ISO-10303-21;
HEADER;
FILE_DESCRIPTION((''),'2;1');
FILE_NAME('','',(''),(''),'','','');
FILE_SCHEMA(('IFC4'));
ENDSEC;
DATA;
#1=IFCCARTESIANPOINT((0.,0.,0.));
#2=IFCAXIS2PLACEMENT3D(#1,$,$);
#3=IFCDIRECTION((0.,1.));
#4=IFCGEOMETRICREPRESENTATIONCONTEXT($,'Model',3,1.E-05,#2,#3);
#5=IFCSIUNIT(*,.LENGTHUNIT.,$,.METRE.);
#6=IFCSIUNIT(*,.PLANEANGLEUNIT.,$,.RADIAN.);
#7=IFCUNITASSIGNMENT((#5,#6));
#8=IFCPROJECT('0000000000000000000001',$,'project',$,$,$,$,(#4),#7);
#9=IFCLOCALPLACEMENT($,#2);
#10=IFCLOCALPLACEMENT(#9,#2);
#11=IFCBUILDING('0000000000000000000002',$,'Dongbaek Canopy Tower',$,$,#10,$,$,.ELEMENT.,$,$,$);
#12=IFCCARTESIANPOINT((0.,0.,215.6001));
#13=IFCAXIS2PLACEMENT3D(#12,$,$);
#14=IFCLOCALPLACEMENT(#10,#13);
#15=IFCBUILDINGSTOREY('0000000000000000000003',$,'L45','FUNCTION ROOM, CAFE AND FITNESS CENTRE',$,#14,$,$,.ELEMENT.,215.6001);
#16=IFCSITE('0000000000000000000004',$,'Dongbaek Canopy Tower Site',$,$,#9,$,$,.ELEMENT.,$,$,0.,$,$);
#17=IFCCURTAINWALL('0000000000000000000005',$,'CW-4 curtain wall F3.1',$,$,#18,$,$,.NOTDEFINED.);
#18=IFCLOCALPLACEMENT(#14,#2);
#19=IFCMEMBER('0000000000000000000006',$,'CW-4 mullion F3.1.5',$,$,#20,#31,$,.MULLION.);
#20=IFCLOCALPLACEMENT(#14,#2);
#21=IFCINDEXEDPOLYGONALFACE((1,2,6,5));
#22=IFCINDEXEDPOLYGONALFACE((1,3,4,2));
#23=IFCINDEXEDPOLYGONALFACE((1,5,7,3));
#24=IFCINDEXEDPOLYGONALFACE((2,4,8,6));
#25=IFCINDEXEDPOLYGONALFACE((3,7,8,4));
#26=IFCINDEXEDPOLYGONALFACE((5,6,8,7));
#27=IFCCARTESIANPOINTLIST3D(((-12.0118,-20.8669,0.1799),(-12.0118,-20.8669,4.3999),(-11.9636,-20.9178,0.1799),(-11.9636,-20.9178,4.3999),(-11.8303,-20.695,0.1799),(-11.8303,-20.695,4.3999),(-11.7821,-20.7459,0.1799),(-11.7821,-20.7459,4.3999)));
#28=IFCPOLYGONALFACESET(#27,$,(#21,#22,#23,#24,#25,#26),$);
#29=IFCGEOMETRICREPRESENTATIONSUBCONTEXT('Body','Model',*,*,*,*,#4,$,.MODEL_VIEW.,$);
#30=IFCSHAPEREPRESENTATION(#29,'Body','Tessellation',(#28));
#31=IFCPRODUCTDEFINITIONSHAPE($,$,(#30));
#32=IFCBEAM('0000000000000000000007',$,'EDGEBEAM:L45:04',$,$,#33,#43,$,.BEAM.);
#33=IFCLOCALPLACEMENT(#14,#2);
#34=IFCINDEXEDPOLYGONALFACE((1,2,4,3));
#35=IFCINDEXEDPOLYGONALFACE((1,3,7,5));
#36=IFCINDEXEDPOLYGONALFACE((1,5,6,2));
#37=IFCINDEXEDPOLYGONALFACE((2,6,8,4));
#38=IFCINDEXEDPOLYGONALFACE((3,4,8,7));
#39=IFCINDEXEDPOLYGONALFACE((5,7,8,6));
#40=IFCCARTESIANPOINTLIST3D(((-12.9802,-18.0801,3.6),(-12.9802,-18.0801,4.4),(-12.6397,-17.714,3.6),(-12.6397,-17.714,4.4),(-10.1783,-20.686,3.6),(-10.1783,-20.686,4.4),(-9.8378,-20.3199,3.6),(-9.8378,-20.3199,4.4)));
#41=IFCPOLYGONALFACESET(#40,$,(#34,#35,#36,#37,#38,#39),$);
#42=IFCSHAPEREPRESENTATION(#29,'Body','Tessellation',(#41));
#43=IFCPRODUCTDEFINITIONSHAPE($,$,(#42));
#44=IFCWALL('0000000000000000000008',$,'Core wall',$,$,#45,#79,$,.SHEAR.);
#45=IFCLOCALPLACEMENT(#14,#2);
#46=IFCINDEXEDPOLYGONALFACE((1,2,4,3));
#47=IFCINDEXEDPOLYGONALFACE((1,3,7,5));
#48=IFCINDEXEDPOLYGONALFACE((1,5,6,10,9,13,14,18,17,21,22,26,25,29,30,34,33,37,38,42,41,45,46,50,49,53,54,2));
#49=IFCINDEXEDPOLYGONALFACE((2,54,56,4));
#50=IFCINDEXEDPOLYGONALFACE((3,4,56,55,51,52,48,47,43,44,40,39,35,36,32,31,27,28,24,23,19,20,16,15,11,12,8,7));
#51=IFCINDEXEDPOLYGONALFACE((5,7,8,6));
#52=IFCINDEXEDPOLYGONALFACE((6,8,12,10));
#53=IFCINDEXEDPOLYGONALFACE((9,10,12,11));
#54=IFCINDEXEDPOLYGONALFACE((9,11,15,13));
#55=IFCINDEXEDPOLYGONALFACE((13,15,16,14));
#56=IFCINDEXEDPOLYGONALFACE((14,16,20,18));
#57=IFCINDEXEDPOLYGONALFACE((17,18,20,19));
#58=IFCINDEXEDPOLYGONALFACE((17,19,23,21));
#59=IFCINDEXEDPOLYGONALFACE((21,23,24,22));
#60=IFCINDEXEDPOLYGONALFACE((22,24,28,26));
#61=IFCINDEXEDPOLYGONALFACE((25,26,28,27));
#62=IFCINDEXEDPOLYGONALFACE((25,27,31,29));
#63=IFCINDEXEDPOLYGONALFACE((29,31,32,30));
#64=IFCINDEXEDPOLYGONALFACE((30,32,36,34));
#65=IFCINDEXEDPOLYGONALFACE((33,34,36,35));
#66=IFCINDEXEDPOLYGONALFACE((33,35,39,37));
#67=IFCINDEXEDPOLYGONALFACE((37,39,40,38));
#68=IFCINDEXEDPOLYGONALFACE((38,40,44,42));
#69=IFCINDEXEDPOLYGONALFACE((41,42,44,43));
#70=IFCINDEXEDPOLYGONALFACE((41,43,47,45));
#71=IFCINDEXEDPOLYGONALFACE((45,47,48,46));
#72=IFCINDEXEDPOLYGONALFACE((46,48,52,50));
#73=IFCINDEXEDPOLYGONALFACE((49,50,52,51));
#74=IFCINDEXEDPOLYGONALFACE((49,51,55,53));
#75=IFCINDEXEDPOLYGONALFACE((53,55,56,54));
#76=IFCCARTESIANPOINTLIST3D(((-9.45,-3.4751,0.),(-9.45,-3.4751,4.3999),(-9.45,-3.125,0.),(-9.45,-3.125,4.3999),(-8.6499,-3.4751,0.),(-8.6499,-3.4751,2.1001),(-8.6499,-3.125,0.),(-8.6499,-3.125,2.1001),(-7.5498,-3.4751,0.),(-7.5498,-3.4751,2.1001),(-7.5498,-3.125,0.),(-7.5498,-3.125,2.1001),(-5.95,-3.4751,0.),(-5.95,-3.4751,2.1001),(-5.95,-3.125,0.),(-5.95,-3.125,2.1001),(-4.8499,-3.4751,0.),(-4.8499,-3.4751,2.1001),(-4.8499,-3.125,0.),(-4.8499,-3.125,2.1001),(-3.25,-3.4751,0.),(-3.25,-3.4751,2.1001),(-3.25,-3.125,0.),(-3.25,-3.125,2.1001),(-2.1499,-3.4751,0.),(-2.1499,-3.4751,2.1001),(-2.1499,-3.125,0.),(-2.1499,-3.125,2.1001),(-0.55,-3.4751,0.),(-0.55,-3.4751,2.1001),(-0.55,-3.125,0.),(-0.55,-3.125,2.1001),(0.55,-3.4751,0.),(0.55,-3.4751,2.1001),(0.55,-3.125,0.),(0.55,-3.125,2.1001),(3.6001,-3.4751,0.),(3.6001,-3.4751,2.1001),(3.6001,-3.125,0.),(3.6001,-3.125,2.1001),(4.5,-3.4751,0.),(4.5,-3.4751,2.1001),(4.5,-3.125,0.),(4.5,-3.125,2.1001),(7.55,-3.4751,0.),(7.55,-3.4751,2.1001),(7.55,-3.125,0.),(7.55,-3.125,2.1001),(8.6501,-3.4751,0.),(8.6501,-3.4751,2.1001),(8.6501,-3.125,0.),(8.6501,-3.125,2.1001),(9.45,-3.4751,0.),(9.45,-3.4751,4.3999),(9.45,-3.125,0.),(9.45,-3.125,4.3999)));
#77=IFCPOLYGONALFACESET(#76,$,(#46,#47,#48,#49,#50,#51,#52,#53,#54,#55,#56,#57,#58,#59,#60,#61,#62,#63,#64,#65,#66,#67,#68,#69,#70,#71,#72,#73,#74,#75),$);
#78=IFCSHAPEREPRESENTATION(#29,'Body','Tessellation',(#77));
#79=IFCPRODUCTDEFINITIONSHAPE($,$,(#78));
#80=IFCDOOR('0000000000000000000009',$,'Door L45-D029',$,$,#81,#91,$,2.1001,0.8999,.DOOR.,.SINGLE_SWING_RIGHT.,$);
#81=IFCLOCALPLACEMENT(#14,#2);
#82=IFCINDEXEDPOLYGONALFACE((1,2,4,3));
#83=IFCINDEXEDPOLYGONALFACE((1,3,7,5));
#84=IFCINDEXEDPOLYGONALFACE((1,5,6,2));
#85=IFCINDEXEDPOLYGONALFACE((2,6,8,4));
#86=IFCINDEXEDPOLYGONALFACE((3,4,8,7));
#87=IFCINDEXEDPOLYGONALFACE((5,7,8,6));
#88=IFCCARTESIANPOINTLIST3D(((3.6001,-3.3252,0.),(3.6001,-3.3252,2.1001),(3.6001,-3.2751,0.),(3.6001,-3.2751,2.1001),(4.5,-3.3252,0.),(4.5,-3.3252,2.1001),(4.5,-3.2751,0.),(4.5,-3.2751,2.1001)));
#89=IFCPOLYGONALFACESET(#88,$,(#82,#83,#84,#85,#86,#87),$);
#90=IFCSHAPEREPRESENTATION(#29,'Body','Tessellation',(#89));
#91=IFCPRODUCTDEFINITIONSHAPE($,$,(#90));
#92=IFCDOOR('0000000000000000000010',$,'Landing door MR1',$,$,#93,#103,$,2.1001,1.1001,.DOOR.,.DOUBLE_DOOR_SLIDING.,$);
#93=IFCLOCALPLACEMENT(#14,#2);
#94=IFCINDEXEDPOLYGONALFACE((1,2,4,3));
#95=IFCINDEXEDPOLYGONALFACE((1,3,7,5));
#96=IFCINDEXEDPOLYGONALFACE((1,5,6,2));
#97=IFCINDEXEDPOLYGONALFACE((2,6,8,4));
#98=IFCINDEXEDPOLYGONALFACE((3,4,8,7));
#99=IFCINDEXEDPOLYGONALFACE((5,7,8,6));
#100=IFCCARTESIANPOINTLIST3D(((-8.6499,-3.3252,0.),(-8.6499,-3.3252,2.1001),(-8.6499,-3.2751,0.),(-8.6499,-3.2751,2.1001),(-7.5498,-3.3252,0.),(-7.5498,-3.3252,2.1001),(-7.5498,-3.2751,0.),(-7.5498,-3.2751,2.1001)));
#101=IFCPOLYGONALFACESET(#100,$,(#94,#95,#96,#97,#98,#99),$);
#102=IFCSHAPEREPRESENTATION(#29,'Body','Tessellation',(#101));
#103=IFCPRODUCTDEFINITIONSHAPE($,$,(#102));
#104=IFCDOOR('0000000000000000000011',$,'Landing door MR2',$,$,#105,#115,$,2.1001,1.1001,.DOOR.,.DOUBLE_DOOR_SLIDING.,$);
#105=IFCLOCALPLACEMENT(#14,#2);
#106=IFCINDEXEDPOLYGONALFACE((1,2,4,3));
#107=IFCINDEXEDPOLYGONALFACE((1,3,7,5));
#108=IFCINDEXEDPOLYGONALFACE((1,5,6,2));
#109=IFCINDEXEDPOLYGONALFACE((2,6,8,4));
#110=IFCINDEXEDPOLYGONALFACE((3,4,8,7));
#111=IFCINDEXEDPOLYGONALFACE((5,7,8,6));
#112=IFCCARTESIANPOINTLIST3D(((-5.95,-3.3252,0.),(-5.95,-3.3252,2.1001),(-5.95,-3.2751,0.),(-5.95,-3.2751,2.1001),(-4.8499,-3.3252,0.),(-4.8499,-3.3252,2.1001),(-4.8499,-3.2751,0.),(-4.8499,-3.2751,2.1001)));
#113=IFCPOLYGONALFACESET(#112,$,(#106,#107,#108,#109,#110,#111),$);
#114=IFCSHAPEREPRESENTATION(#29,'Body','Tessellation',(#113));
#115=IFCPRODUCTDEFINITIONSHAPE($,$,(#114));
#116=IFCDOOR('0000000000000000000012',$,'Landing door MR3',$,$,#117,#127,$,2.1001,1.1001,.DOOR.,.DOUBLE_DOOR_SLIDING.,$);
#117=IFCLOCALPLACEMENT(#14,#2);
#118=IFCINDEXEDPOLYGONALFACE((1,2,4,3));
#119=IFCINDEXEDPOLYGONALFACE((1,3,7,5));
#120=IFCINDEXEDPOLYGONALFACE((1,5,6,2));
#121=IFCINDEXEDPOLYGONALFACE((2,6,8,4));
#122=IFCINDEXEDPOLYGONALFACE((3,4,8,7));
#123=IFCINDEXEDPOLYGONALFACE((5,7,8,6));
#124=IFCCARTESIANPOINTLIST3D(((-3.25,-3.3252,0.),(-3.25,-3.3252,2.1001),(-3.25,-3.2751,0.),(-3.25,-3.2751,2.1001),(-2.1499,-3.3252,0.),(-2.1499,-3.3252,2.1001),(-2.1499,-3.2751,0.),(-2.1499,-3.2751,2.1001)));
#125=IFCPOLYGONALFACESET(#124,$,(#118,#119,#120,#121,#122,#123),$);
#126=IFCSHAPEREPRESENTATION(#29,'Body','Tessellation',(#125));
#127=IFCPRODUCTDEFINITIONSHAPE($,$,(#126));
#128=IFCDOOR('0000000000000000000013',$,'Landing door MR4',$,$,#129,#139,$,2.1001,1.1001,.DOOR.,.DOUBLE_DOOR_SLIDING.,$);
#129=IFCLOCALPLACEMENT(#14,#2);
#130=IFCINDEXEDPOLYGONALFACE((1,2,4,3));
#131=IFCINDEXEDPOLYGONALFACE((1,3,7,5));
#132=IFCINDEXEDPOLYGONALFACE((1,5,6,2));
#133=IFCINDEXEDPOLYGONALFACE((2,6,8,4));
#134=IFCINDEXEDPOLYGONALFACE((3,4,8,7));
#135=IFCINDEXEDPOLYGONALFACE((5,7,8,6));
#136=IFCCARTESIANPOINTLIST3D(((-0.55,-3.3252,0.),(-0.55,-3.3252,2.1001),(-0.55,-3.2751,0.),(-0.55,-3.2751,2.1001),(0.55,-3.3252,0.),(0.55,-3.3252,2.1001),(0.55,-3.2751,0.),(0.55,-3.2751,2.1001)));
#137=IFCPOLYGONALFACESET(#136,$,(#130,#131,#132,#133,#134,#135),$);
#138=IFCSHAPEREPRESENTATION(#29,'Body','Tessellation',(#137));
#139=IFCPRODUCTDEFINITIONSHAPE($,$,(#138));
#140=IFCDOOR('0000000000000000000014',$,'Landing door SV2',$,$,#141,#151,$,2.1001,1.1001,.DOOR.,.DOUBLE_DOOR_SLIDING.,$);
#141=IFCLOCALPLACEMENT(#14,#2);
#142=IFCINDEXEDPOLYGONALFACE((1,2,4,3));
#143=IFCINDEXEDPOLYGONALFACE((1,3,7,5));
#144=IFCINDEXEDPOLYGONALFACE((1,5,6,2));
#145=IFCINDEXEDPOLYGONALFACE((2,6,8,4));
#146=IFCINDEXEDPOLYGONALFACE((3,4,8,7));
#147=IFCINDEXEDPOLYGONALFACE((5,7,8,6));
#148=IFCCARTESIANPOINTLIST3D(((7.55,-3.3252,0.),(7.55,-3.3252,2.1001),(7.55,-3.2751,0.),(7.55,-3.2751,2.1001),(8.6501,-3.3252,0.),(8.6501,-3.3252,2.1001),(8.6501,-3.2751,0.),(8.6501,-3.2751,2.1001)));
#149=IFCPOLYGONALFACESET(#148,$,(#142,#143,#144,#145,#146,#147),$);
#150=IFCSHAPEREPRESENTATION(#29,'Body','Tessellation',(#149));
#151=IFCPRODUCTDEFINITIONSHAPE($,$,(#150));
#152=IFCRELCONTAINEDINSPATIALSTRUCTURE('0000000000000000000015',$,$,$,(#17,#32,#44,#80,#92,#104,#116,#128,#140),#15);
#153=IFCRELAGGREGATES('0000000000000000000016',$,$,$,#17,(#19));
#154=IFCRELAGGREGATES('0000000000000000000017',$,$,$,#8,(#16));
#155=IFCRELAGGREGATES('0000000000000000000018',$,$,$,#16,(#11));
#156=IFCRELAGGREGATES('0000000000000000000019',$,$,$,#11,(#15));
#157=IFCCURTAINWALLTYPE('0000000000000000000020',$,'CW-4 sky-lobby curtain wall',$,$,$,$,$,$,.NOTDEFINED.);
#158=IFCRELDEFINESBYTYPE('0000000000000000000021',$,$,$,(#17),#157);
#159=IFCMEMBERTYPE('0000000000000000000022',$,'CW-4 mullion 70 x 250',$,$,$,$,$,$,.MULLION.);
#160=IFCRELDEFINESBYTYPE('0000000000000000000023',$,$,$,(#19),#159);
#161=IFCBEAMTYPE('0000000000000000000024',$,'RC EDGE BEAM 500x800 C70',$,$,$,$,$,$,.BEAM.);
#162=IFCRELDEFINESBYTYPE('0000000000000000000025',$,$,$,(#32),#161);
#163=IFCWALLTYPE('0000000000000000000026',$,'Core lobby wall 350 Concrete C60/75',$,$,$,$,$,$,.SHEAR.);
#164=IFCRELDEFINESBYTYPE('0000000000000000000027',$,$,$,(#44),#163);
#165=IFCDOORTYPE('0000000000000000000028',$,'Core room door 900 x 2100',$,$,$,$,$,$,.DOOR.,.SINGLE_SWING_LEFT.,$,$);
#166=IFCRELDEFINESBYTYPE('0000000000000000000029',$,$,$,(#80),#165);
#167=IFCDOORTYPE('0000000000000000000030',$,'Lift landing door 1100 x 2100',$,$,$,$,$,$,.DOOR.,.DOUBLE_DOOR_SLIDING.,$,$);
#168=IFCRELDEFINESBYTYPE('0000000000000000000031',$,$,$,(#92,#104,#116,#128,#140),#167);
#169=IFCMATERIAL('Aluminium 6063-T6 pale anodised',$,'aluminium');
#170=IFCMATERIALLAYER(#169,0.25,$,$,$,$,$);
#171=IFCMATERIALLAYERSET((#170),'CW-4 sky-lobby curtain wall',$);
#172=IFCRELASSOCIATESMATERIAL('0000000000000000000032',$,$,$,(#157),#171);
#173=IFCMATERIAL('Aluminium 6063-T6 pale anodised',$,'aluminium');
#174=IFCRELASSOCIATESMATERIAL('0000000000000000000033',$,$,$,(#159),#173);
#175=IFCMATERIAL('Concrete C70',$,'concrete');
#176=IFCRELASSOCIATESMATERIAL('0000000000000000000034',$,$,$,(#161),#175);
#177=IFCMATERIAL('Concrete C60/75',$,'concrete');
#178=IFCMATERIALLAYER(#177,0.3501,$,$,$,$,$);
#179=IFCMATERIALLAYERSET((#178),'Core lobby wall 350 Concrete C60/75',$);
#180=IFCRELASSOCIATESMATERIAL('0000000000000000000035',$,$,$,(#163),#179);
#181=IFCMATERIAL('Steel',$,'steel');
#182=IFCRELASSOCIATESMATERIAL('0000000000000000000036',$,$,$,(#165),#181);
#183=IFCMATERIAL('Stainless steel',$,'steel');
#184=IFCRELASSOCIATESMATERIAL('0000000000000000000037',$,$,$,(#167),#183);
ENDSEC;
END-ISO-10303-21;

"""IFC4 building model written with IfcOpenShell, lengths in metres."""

from ifc_helpers import new_model, si_unit, direction, frame, frame_2d, origin, origin_2d, place, context, subcontext, project, spatial, rectangle, extrude, material, layer, layer_set, material_profile, profile_set, type_object, element, fill, aggregate, save


model = new_model("IFC4")

# Units and contexts
model_context = context("Model", 3, precision=1e-05, world=origin(), true_north=direction((0.0, 1.0)))
body_context = subcontext(model_context, "Body", "Model", "MODEL_VIEW")
ifc_project = project(units=[si_unit("LENGTHUNIT", "METRE"), si_unit("PLANEANGLEUNIT", "RADIAN")], contexts=[model_context])

# Site, building, storey
site_placement = place(None, origin())
site = spatial("IfcSite", under=ifc_project, at=site_placement, Name="Dongbaek Canopy Tower Site", CompositionType="ELEMENT", RefElevation=0.0)
building_placement = place(site_placement, origin())
building = spatial("IfcBuilding", under=site, at=building_placement, Name="Dongbaek Canopy Tower", CompositionType="ELEMENT")
storey_placement = place(building_placement, frame((0.0, 0.0, 215.6001)))
storey = spatial("IfcBuildingStorey", under=building, at=storey_placement, Name="L45", Description="FUNCTION ROOM, CAFE AND FITNESS CENTRE", CompositionType="ELEMENT", Elevation=215.6001)

# Curtain wall, member
ifc_material_1 = material(Name="Aluminium 6063-T6 pale anodised", Category="aluminium")
ifc_layer_1 = layer(ifc_material_1, 0.25)
ifc_layer_set_1 = layer_set([ifc_layer_1], Name="CW-4 sky-lobby curtain wall")
curtain_wall_type = type_object("IfcCurtainWallType", Name="CW-4 sky-lobby curtain wall", PredefinedType="NOTDEFINED", material=ifc_layer_set_1)
curtain_wall_placement = place(storey_placement, origin())
curtain_wall = element("IfcCurtainWall", 1, at=curtain_wall_placement, inside=storey, type_object=curtain_wall_type, Name="CW-4 curtain wall F3.1", PredefinedType="NOTDEFINED")
ifc_material_2 = material(Name="Aluminium 6063-T6 pale anodised", Category="aluminium")
ifc_material_profile_1 = material_profile(ifc_material_2, rectangle(XDim=0.25, YDim=0.0701, at=origin_2d()), Name="CW-4 mullion 70 x 250")
ifc_profile_set_1 = profile_set([ifc_material_profile_1], Name="Aluminium 6063-T6 pale anodised")
member_type = type_object("IfcMemberType", Name="CW-4 mullion 70 x 250", PredefinedType="MULLION", material=ifc_profile_set_1)
member_placement = place(storey_placement, frame((-11.897, -20.8064, 0.1799), z_axis=(0.0, 0.0, 1.0), x_axis=(-0.726095, -0.687595, 0.0)))
member = element("IfcMember", 2, at=member_placement, type_object=member_type, Name="CW-4 mullion F3.1.5", PredefinedType="MULLION", context=body_context, shape_type="SweptSolid", body=[
    extrude(rectangle(XDim=0.25, YDim=0.0701, at=origin_2d()), origin(), (0.0, 0.0, 1.0), 4.22),
])
aggregate(curtain_wall, [member])

# Beam
ifc_material_3 = material(Name="Concrete C70", Category="concrete")
ifc_material_profile_2 = material_profile(ifc_material_3, rectangle(XDim=0.5, YDim=0.8, at=origin_2d()), Name="RC EDGE BEAM 500x800 C70")
ifc_profile_set_2 = profile_set([ifc_material_profile_2], Name="Concrete C70")
beam_type = type_object("IfcBeamType", Name="RC EDGE BEAM 500x800 C70", PredefinedType="BEAM", material=ifc_profile_set_2)
beam_placement = place(storey_placement, frame((-10.0081, -20.5029, 4.0), z_axis=(-0.732259, 0.681026, 0.0), x_axis=(-0.681026, -0.732259, 0.0)))
element("IfcBeam", 3, at=beam_placement, inside=storey, type_object=beam_type, Name="EDGEBEAM:L45:04", PredefinedType="BEAM", context=body_context, shape_type="SweptSolid", body=[
    extrude(rectangle(XDim=0.5, YDim=0.8, at=origin_2d()), origin(), (0.0, 0.0, 1.0), 3.8264),
])

# Wall, openings, doors
ifc_material_4 = material(Name="Concrete C60/75", Category="concrete")
ifc_layer_2 = layer(ifc_material_4, 0.3501)
ifc_layer_set_2 = layer_set([ifc_layer_2], Name="Core lobby wall 350 Concrete C60/75")
wall_type_1 = type_object("IfcWallType", Name="Core lobby wall 350 Concrete C60/75", PredefinedType="SHEAR", material=ifc_layer_set_2)
wall_1_placement = place(storey_placement, frame((-9.45, -3.3, 0.0), z_axis=(0.0, 0.0, 1.0), x_axis=(1.0, 0.0, 0.0)))
wall_1 = element("IfcWall", 4, at=wall_1_placement, inside=storey, type_object=wall_type_1, Name="Core wall", PredefinedType="SHEAR", context=body_context, shape_type="SweptSolid", body=[
    extrude(rectangle(XDim=18.8999, YDim=0.3501, at=frame_2d((9.45, 0.0))), origin(), (0.0, 0.0, 1.0), 4.3999),
])
opening_1_placement = place(wall_1_placement, frame((0.8, 0.0, 0.0)))
opening_1 = element("IfcOpeningElement", 5, at=opening_1_placement, cuts=wall_1, PredefinedType="OPENING", context=body_context, shape_type="SweptSolid", body=[
    extrude(rectangle(XDim=1.1001, YDim=2.1001, at=frame_2d((0.55, 1.05))), frame((0.0, 0.1851, 0.0), z_axis=(0.0, -1.0, 0.0), x_axis=(1.0, 0.0, 0.0)), (0.0, 0.0, 1.0), 0.3701),
])
opening_2_placement = place(wall_1_placement, frame((3.5, 0.0, 0.0)))
opening_2 = element("IfcOpeningElement", 6, at=opening_2_placement, cuts=wall_1, PredefinedType="OPENING", context=body_context, shape_type="SweptSolid", body=[
    extrude(rectangle(XDim=1.1001, YDim=2.1001, at=frame_2d((0.55, 1.05))), frame((0.0, 0.1851, 0.0), z_axis=(0.0, -1.0, 0.0), x_axis=(1.0, 0.0, 0.0)), (0.0, 0.0, 1.0), 0.3701),
])
opening_3_placement = place(wall_1_placement, frame((6.2, 0.0, 0.0)))
opening_3 = element("IfcOpeningElement", 7, at=opening_3_placement, cuts=wall_1, PredefinedType="OPENING", context=body_context, shape_type="SweptSolid", body=[
    extrude(rectangle(XDim=1.1001, YDim=2.1001, at=frame_2d((0.55, 1.05))), frame((0.0, 0.1851, 0.0), z_axis=(0.0, -1.0, 0.0), x_axis=(1.0, 0.0, 0.0)), (0.0, 0.0, 1.0), 0.3701),
])
opening_4_placement = place(wall_1_placement, frame((8.8999, 0.0, 0.0)))
opening_4 = element("IfcOpeningElement", 8, at=opening_4_placement, cuts=wall_1, PredefinedType="OPENING", context=body_context, shape_type="SweptSolid", body=[
    extrude(rectangle(XDim=1.1001, YDim=2.1001, at=frame_2d((0.55, 1.05))), frame((0.0, 0.1851, 0.0), z_axis=(0.0, -1.0, 0.0), x_axis=(1.0, 0.0, 0.0)), (0.0, 0.0, 1.0), 0.3701),
])
opening_5_placement = place(wall_1_placement, frame((17.0, 0.0, 0.0)))
opening_5 = element("IfcOpeningElement", 9, at=opening_5_placement, cuts=wall_1, PredefinedType="OPENING", context=body_context, shape_type="SweptSolid", body=[
    extrude(rectangle(XDim=1.1001, YDim=2.1001, at=frame_2d((0.55, 1.05))), frame((0.0, 0.1851, 0.0), z_axis=(0.0, -1.0, 0.0), x_axis=(1.0, 0.0, 0.0)), (0.0, 0.0, 1.0), 0.3701),
])
opening_6_placement = place(wall_1_placement, frame((13.05, 0.0, 0.0)))
opening_6 = element("IfcOpeningElement", 10, at=opening_6_placement, cuts=wall_1, PredefinedType="OPENING", context=body_context, shape_type="SweptSolid", body=[
    extrude(rectangle(XDim=0.8999, YDim=2.1001, at=frame_2d((0.45, 1.05))), frame((0.0, 0.1851, 0.0), z_axis=(0.0, -1.0, 0.0), x_axis=(1.0, 0.0, 0.0)), (0.0, 0.0, 1.0), 0.3701),
])
ifc_material_5 = material(Name="Steel", Category="steel")
door_type_1 = type_object("IfcDoorType", Name="Core room door 900 x 2100", OperationType="SINGLE_SWING_LEFT", PredefinedType="DOOR", material=ifc_material_5)
door_1_placement = place(opening_6_placement, origin())
door_1 = element("IfcDoor", 11, at=door_1_placement, inside=storey, type_object=door_type_1, Name="Door L45-D029", OperationType="SINGLE_SWING_RIGHT", OverallHeight=2.1001, OverallWidth=0.8999, PredefinedType="DOOR", context=body_context, shape_type="SweptSolid", body=[
    extrude(rectangle(XDim=0.8999, YDim=2.1001, at=frame_2d((0.45, 1.05))), frame((0.0, 0.0249, 0.0), z_axis=(0.0, -1.0, 0.0), x_axis=(1.0, 0.0, 0.0)), (0.0, 0.0, 1.0), 0.05),
])
fill(opening_6, door_1)
ifc_material_6 = material(Name="Stainless steel", Category="steel")
door_type_2 = type_object("IfcDoorType", Name="Lift landing door 1100 x 2100", OperationType="DOUBLE_DOOR_SLIDING", PredefinedType="DOOR", material=ifc_material_6)
door_2_placement = place(opening_1_placement, origin())
door_2 = element("IfcDoor", 12, at=door_2_placement, inside=storey, type_object=door_type_2, Name="Landing door MR1", OperationType="DOUBLE_DOOR_SLIDING", OverallHeight=2.1001, OverallWidth=1.1001, PredefinedType="DOOR", context=body_context, shape_type="SweptSolid", body=[
    extrude(rectangle(XDim=1.1001, YDim=2.1001, at=frame_2d((0.55, 1.05))), frame((0.0, 0.0249, 0.0), z_axis=(0.0, -1.0, 0.0), x_axis=(1.0, 0.0, 0.0)), (0.0, 0.0, 1.0), 0.05),
])
fill(opening_1, door_2)
door_3_placement = place(opening_2_placement, origin())
door_3 = element("IfcDoor", 13, at=door_3_placement, inside=storey, type_object=door_type_2, Name="Landing door MR2", OperationType="DOUBLE_DOOR_SLIDING", OverallHeight=2.1001, OverallWidth=1.1001, PredefinedType="DOOR", context=body_context, shape_type="SweptSolid", body=[
    extrude(rectangle(XDim=1.1001, YDim=2.1001, at=frame_2d((0.55, 1.05))), frame((0.0, 0.0249, 0.0), z_axis=(0.0, -1.0, 0.0), x_axis=(1.0, 0.0, 0.0)), (0.0, 0.0, 1.0), 0.05),
])
fill(opening_2, door_3)
door_4_placement = place(opening_3_placement, origin())
door_4 = element("IfcDoor", 14, at=door_4_placement, inside=storey, type_object=door_type_2, Name="Landing door MR3", OperationType="DOUBLE_DOOR_SLIDING", OverallHeight=2.1001, OverallWidth=1.1001, PredefinedType="DOOR", context=body_context, shape_type="SweptSolid", body=[
    extrude(rectangle(XDim=1.1001, YDim=2.1001, at=frame_2d((0.55, 1.05))), frame((0.0, 0.0249, 0.0), z_axis=(0.0, -1.0, 0.0), x_axis=(1.0, 0.0, 0.0)), (0.0, 0.0, 1.0), 0.05),
])
fill(opening_3, door_4)
door_5_placement = place(opening_4_placement, origin())
door_5 = element("IfcDoor", 15, at=door_5_placement, inside=storey, type_object=door_type_2, Name="Landing door MR4", OperationType="DOUBLE_DOOR_SLIDING", OverallHeight=2.1001, OverallWidth=1.1001, PredefinedType="DOOR", context=body_context, shape_type="SweptSolid", body=[
    extrude(rectangle(XDim=1.1001, YDim=2.1001, at=frame_2d((0.55, 1.05))), frame((0.0, 0.0249, 0.0), z_axis=(0.0, -1.0, 0.0), x_axis=(1.0, 0.0, 0.0)), (0.0, 0.0, 1.0), 0.05),
])
fill(opening_4, door_5)
door_6_placement = place(opening_5_placement, origin())
door_6 = element("IfcDoor", 16, at=door_6_placement, inside=storey, type_object=door_type_2, Name="Landing door SV2", OperationType="DOUBLE_DOOR_SLIDING", OverallHeight=2.1001, OverallWidth=1.1001, PredefinedType="DOOR", context=body_context, shape_type="SweptSolid", body=[
    extrude(rectangle(XDim=1.1001, YDim=2.1001, at=frame_2d((0.55, 1.05))), frame((0.0, 0.0249, 0.0), z_axis=(0.0, -1.0, 0.0), x_axis=(1.0, 0.0, 0.0)), (0.0, 0.0, 1.0), 0.05),
])
fill(opening_5, door_6)

save(model, "model.ifc")
